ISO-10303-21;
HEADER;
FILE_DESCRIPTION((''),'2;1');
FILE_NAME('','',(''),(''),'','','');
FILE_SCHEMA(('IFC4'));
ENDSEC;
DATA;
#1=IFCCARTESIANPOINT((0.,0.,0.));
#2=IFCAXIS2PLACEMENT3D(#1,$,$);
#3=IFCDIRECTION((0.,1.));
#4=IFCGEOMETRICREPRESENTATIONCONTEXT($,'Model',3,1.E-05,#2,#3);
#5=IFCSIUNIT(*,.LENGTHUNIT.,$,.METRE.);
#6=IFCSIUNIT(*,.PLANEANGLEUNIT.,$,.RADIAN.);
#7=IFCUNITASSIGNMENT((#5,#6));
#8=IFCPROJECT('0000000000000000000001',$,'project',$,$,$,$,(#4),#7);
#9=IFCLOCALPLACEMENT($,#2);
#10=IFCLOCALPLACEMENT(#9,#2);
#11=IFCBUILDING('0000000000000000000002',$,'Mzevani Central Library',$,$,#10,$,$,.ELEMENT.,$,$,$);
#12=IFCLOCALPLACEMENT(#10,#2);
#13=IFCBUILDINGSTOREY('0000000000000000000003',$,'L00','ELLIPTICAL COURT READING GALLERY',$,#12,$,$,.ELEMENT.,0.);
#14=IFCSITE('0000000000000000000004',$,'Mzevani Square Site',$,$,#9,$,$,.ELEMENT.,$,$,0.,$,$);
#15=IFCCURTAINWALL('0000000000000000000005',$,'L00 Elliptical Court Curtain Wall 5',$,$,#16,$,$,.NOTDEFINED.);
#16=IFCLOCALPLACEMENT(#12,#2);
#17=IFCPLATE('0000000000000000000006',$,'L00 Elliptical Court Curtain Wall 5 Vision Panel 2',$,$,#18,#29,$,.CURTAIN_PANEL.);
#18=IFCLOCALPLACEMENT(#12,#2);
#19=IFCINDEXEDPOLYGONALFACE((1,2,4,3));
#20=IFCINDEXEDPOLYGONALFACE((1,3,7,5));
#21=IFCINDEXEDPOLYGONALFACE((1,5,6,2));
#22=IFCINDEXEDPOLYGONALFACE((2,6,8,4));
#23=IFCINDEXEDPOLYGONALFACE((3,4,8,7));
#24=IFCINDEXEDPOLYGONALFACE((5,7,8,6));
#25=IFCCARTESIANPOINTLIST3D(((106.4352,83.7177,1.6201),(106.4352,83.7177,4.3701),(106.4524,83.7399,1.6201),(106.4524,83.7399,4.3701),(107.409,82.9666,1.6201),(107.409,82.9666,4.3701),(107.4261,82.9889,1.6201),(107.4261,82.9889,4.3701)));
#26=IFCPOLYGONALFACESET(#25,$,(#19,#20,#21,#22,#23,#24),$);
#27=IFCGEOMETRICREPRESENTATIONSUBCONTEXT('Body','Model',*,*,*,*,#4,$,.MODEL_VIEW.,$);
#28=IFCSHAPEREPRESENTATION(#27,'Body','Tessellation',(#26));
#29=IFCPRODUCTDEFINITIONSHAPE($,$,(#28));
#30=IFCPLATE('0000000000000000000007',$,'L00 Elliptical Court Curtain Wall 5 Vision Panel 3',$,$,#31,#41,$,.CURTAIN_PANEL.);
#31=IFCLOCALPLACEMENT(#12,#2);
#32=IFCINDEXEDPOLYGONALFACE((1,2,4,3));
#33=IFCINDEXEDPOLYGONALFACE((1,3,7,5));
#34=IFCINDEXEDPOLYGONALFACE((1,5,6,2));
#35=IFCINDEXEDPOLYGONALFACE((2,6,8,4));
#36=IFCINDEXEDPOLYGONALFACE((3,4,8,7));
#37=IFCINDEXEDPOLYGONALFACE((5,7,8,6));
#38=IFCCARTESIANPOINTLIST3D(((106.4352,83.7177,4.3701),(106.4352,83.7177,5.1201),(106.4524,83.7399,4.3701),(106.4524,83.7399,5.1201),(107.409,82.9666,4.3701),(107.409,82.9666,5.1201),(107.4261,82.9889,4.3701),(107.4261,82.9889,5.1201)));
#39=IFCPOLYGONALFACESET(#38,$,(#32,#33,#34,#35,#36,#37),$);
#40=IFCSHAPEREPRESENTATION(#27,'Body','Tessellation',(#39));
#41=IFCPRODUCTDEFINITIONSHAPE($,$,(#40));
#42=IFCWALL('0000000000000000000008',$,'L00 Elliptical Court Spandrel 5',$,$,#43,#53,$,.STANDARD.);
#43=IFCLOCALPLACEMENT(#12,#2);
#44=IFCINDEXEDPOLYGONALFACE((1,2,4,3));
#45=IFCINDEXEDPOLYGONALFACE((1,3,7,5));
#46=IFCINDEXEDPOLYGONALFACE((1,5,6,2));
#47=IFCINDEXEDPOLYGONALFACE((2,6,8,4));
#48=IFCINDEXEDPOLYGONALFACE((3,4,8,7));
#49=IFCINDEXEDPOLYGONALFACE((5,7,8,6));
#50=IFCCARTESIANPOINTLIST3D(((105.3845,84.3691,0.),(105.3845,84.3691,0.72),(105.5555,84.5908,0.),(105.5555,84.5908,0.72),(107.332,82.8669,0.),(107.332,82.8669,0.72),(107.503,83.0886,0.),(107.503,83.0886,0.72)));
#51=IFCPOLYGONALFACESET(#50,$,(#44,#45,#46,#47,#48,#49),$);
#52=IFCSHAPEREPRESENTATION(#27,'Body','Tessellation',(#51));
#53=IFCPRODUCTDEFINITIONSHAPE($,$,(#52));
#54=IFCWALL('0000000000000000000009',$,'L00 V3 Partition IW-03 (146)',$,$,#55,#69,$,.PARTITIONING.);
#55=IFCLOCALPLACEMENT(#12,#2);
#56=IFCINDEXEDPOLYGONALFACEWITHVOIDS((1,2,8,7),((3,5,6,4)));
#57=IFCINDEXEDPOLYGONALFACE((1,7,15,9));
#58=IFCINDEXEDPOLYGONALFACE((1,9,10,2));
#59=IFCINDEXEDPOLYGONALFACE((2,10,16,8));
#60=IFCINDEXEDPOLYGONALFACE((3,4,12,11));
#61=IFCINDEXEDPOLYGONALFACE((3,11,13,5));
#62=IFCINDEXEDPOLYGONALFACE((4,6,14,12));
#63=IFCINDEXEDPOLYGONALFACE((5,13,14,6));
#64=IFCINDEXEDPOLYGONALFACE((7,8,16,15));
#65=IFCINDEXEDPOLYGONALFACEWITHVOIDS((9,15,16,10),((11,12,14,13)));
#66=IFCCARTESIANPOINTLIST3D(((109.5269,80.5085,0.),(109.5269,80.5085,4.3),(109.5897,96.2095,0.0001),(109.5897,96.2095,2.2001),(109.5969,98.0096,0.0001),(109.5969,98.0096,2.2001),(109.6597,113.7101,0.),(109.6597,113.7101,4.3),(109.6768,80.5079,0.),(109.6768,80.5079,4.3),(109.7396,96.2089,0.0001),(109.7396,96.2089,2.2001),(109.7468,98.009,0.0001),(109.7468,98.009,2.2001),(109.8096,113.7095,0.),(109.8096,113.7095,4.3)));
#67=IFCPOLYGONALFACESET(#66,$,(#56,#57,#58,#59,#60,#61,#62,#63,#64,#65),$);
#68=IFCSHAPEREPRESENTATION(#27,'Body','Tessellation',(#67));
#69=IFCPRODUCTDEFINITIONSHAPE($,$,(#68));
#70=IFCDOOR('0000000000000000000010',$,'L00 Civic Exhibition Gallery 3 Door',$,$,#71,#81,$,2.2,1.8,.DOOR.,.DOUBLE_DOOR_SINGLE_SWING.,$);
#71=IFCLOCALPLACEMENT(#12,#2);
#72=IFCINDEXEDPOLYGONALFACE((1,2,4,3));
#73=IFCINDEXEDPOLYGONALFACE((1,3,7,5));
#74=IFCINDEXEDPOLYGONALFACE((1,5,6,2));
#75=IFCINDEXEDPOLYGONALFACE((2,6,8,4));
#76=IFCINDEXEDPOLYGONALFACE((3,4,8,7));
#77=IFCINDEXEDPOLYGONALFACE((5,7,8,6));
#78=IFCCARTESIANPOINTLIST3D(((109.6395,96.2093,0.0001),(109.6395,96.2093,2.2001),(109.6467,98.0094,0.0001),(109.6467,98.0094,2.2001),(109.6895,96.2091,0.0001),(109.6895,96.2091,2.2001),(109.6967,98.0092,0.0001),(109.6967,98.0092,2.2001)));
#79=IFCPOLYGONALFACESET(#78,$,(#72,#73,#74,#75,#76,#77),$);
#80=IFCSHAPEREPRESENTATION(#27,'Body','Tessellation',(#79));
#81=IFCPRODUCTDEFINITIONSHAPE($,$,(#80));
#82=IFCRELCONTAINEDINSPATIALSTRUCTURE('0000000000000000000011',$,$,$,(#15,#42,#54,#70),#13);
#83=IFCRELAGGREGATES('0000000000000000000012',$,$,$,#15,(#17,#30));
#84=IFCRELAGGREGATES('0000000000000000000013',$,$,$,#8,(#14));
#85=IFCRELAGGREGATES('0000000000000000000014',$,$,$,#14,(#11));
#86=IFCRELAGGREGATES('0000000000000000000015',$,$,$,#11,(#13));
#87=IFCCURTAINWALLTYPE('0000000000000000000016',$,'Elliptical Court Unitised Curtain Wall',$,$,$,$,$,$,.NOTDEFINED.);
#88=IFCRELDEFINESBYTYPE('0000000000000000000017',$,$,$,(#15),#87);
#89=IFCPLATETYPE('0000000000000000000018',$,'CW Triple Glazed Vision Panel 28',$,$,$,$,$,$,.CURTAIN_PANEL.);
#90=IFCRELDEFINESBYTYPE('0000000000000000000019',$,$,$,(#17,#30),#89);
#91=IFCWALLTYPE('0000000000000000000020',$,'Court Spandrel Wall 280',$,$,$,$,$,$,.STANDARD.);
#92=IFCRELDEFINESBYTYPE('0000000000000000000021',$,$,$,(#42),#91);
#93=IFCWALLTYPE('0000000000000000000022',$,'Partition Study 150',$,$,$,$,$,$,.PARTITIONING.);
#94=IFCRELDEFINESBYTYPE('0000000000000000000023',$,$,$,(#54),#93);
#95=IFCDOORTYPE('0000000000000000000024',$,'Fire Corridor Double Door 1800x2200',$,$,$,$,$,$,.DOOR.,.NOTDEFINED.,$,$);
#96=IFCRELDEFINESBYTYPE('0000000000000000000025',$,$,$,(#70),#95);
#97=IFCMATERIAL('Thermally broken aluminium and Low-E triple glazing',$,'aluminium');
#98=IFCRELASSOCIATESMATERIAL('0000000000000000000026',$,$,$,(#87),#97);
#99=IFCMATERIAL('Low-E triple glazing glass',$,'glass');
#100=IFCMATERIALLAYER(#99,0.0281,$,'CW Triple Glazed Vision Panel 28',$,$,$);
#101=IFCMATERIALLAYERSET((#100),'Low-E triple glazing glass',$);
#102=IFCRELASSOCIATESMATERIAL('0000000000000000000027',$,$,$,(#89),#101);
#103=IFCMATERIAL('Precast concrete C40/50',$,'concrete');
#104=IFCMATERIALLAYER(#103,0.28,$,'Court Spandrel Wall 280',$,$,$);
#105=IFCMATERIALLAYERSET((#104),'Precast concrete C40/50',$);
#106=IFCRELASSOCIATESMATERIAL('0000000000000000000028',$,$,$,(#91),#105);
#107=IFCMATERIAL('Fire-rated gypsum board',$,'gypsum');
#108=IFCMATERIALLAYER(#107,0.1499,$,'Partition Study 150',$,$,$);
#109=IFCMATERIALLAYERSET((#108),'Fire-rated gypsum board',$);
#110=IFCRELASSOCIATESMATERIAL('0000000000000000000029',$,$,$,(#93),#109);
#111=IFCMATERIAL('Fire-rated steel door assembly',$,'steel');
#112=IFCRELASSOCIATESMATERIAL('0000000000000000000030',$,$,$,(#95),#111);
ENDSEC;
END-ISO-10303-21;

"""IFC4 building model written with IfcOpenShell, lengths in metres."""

from ifc_helpers import new_model, si_unit, direction, frame, frame_2d, origin, origin_2d, place, context, subcontext, project, spatial, rectangle, extrude, material, layer, layer_set, type_object, element, fill, aggregate, save


model = new_model("IFC4")

# Units and contexts
model_context = context("Model", 3, precision=1e-05, world=origin(), true_north=direction((0.0, 1.0)))
body_context = subcontext(model_context, "Body", "Model", "MODEL_VIEW")
ifc_project = project(units=[si_unit("LENGTHUNIT", "METRE"), si_unit("PLANEANGLEUNIT", "RADIAN")], contexts=[model_context])

# Site, building, storey
site_placement = place(None, origin())
site = spatial("IfcSite", under=ifc_project, at=site_placement, Name="Mzevani Square Site", CompositionType="ELEMENT", RefElevation=0.0)
building_placement = place(site_placement, origin())
building = spatial("IfcBuilding", under=site, at=building_placement, Name="Mzevani Central Library", CompositionType="ELEMENT")
storey_placement = place(building_placement, origin())
storey = spatial("IfcBuildingStorey", under=building, at=storey_placement, Name="L00", Description="ELLIPTICAL COURT READING GALLERY", CompositionType="ELEMENT", Elevation=0.0)

# Curtain wall
ifc_material_1 = material(Name="Thermally broken aluminium and Low-E triple glazing", Category="aluminium")
curtain_wall_type_1 = type_object("IfcCurtainWallType", Name="Elliptical Court Unitised Curtain Wall", PredefinedType="NOTDEFINED", material=ifc_material_1)
curtain_wall_1_placement = place(storey_placement, origin())
curtain_wall_1 = element("IfcCurtainWall", 1, at=curtain_wall_1_placement, inside=storey, type_object=curtain_wall_type_1, Name="L00 Elliptical Court Curtain Wall 5", PredefinedType="NOTDEFINED")

# Plates
ifc_material_2 = material(Name="Low-E triple glazing glass", Category="glass")
ifc_layer_1 = layer(ifc_material_2, 0.0281, Name="CW Triple Glazed Vision Panel 28")
ifc_layer_set_1 = layer_set([ifc_layer_1], Name="Low-E triple glazing glass")
plate_type_1 = type_object("IfcPlateType", Name="CW Triple Glazed Vision Panel 28", PredefinedType="CURTAIN_PANEL", material=ifc_layer_set_1)
plate_1_placement = place(storey_placement, frame((106.9307, 83.3533, 1.6201), z_axis=(0.0, 0.0, 1.0), x_axis=(-0.791828, 0.610744, 0.0)))
plate_1 = element("IfcPlate", 2, at=plate_1_placement, type_object=plate_type_1, Name="L00 Elliptical Court Curtain Wall 5 Vision Panel 2", PredefinedType="CURTAIN_PANEL", context=body_context, shape_type="SweptSolid", body=[
    extrude(rectangle(XDim=1.2297, YDim=0.0281, at=origin_2d()), origin(), (0.0, 0.0, 1.0), 2.75),
])
plate_2_placement = place(storey_placement, frame((106.9307, 83.3533, 4.3701), z_axis=(0.0, 0.0, 1.0), x_axis=(-0.791828, 0.610744, 0.0)))
plate_2 = element("IfcPlate", 3, at=plate_2_placement, type_object=plate_type_1, Name="L00 Elliptical Court Curtain Wall 5 Vision Panel 3", PredefinedType="CURTAIN_PANEL", context=body_context, shape_type="SweptSolid", body=[
    extrude(rectangle(XDim=1.2297, YDim=0.0281, at=origin_2d()), origin(), (0.0, 0.0, 1.0), 0.75),
])
aggregate(curtain_wall_1, [plate_1, plate_2])

# Wall
ifc_material_3 = material(Name="Precast concrete C40/50", Category="concrete")
ifc_layer_2 = layer(ifc_material_3, 0.28, Name="Court Spandrel Wall 280")
ifc_layer_set_2 = layer_set([ifc_layer_2], Name="Precast concrete C40/50")
wall_type_1 = type_object("IfcWallType", Name="Court Spandrel Wall 280", PredefinedType="STANDARD", material=ifc_layer_set_2)
wall_1_placement = place(storey_placement, frame((107.4175, 82.9778, 0.0), z_axis=(0.0, 0.0, 1.0), x_axis=(-0.791815, 0.610761, 0.0)))
element("IfcWall", 4, at=wall_1_placement, inside=storey, type_object=wall_type_1, Name="L00 Elliptical Court Spandrel 5", PredefinedType="STANDARD", context=body_context, shape_type="SweptSolid", body=[
    extrude(rectangle(XDim=2.4595, YDim=0.28, at=frame_2d((1.2297, 0.0))), origin(), (0.0, 0.0, 1.0), 0.72),
])

# Wall, opening, door
ifc_material_4 = material(Name="Fire-rated gypsum board", Category="gypsum")
ifc_layer_3 = layer(ifc_material_4, 0.1499, Name="Partition Study 150")
ifc_layer_set_3 = layer_set([ifc_layer_3], Name="Fire-rated gypsum board")
wall_type_2 = type_object("IfcWallType", Name="Partition Study 150", PredefinedType="PARTITIONING", material=ifc_layer_set_3)
wall_2_placement = place(storey_placement, frame((109.7346, 113.71, 0.0), z_axis=(0.0, 0.0, 1.0), x_axis=(-0.004, -0.999992, 0.0)))
wall_2 = element("IfcWall", 5, at=wall_2_placement, inside=storey, type_object=wall_type_2, Name="L00 V3 Partition IW-03 (146)", PredefinedType="PARTITIONING", context=body_context, shape_type="SweptSolid", body=[
    extrude(rectangle(XDim=33.2019, YDim=0.1499, at=frame_2d((16.6011, 0.0))), origin(), (0.0, 0.0, 1.0), 4.3),
])
opening_placement = place(wall_2_placement, frame((15.7009, 0.0, 0.0)))
opening = element("IfcOpeningElement", 6, at=opening_placement, cuts=wall_2, PredefinedType="OPENING", context=body_context, shape_type="SweptSolid", body=[
    extrude(rectangle(XDim=1.8, YDim=2.2, at=frame_2d((0.8999, 1.1001))), frame((0.0, 0.085, 0.0), z_axis=(0.0, -1.0, 0.0), x_axis=(1.0, 0.0, 0.0)), (0.0, 0.0, 1.0), 0.1699),
])
ifc_material_5 = material(Name="Fire-rated steel door assembly", Category="steel")
door_type = type_object("IfcDoorType", Name="Fire Corridor Double Door 1800x2200", OperationType="NOTDEFINED", PredefinedType="DOOR", material=ifc_material_5)
door_placement = place(opening_placement, origin())
door = element("IfcDoor", 7, at=door_placement, inside=storey, type_object=door_type, Name="L00 Civic Exhibition Gallery 3 Door", OperationType="DOUBLE_DOOR_SINGLE_SWING", OverallHeight=2.2, OverallWidth=1.8, PredefinedType="DOOR", context=body_context, shape_type="SweptSolid", body=[
    extrude(rectangle(XDim=1.8, YDim=2.2, at=frame_2d((0.8999, 1.1001))), frame((0.0, 0.0249, 0.0), z_axis=(0.0, -1.0, 0.0), x_axis=(1.0, 0.0, 0.0)), (0.0, 0.0, 1.0), 0.05),
])
fill(opening, door)

save(model, "model.ifc")
